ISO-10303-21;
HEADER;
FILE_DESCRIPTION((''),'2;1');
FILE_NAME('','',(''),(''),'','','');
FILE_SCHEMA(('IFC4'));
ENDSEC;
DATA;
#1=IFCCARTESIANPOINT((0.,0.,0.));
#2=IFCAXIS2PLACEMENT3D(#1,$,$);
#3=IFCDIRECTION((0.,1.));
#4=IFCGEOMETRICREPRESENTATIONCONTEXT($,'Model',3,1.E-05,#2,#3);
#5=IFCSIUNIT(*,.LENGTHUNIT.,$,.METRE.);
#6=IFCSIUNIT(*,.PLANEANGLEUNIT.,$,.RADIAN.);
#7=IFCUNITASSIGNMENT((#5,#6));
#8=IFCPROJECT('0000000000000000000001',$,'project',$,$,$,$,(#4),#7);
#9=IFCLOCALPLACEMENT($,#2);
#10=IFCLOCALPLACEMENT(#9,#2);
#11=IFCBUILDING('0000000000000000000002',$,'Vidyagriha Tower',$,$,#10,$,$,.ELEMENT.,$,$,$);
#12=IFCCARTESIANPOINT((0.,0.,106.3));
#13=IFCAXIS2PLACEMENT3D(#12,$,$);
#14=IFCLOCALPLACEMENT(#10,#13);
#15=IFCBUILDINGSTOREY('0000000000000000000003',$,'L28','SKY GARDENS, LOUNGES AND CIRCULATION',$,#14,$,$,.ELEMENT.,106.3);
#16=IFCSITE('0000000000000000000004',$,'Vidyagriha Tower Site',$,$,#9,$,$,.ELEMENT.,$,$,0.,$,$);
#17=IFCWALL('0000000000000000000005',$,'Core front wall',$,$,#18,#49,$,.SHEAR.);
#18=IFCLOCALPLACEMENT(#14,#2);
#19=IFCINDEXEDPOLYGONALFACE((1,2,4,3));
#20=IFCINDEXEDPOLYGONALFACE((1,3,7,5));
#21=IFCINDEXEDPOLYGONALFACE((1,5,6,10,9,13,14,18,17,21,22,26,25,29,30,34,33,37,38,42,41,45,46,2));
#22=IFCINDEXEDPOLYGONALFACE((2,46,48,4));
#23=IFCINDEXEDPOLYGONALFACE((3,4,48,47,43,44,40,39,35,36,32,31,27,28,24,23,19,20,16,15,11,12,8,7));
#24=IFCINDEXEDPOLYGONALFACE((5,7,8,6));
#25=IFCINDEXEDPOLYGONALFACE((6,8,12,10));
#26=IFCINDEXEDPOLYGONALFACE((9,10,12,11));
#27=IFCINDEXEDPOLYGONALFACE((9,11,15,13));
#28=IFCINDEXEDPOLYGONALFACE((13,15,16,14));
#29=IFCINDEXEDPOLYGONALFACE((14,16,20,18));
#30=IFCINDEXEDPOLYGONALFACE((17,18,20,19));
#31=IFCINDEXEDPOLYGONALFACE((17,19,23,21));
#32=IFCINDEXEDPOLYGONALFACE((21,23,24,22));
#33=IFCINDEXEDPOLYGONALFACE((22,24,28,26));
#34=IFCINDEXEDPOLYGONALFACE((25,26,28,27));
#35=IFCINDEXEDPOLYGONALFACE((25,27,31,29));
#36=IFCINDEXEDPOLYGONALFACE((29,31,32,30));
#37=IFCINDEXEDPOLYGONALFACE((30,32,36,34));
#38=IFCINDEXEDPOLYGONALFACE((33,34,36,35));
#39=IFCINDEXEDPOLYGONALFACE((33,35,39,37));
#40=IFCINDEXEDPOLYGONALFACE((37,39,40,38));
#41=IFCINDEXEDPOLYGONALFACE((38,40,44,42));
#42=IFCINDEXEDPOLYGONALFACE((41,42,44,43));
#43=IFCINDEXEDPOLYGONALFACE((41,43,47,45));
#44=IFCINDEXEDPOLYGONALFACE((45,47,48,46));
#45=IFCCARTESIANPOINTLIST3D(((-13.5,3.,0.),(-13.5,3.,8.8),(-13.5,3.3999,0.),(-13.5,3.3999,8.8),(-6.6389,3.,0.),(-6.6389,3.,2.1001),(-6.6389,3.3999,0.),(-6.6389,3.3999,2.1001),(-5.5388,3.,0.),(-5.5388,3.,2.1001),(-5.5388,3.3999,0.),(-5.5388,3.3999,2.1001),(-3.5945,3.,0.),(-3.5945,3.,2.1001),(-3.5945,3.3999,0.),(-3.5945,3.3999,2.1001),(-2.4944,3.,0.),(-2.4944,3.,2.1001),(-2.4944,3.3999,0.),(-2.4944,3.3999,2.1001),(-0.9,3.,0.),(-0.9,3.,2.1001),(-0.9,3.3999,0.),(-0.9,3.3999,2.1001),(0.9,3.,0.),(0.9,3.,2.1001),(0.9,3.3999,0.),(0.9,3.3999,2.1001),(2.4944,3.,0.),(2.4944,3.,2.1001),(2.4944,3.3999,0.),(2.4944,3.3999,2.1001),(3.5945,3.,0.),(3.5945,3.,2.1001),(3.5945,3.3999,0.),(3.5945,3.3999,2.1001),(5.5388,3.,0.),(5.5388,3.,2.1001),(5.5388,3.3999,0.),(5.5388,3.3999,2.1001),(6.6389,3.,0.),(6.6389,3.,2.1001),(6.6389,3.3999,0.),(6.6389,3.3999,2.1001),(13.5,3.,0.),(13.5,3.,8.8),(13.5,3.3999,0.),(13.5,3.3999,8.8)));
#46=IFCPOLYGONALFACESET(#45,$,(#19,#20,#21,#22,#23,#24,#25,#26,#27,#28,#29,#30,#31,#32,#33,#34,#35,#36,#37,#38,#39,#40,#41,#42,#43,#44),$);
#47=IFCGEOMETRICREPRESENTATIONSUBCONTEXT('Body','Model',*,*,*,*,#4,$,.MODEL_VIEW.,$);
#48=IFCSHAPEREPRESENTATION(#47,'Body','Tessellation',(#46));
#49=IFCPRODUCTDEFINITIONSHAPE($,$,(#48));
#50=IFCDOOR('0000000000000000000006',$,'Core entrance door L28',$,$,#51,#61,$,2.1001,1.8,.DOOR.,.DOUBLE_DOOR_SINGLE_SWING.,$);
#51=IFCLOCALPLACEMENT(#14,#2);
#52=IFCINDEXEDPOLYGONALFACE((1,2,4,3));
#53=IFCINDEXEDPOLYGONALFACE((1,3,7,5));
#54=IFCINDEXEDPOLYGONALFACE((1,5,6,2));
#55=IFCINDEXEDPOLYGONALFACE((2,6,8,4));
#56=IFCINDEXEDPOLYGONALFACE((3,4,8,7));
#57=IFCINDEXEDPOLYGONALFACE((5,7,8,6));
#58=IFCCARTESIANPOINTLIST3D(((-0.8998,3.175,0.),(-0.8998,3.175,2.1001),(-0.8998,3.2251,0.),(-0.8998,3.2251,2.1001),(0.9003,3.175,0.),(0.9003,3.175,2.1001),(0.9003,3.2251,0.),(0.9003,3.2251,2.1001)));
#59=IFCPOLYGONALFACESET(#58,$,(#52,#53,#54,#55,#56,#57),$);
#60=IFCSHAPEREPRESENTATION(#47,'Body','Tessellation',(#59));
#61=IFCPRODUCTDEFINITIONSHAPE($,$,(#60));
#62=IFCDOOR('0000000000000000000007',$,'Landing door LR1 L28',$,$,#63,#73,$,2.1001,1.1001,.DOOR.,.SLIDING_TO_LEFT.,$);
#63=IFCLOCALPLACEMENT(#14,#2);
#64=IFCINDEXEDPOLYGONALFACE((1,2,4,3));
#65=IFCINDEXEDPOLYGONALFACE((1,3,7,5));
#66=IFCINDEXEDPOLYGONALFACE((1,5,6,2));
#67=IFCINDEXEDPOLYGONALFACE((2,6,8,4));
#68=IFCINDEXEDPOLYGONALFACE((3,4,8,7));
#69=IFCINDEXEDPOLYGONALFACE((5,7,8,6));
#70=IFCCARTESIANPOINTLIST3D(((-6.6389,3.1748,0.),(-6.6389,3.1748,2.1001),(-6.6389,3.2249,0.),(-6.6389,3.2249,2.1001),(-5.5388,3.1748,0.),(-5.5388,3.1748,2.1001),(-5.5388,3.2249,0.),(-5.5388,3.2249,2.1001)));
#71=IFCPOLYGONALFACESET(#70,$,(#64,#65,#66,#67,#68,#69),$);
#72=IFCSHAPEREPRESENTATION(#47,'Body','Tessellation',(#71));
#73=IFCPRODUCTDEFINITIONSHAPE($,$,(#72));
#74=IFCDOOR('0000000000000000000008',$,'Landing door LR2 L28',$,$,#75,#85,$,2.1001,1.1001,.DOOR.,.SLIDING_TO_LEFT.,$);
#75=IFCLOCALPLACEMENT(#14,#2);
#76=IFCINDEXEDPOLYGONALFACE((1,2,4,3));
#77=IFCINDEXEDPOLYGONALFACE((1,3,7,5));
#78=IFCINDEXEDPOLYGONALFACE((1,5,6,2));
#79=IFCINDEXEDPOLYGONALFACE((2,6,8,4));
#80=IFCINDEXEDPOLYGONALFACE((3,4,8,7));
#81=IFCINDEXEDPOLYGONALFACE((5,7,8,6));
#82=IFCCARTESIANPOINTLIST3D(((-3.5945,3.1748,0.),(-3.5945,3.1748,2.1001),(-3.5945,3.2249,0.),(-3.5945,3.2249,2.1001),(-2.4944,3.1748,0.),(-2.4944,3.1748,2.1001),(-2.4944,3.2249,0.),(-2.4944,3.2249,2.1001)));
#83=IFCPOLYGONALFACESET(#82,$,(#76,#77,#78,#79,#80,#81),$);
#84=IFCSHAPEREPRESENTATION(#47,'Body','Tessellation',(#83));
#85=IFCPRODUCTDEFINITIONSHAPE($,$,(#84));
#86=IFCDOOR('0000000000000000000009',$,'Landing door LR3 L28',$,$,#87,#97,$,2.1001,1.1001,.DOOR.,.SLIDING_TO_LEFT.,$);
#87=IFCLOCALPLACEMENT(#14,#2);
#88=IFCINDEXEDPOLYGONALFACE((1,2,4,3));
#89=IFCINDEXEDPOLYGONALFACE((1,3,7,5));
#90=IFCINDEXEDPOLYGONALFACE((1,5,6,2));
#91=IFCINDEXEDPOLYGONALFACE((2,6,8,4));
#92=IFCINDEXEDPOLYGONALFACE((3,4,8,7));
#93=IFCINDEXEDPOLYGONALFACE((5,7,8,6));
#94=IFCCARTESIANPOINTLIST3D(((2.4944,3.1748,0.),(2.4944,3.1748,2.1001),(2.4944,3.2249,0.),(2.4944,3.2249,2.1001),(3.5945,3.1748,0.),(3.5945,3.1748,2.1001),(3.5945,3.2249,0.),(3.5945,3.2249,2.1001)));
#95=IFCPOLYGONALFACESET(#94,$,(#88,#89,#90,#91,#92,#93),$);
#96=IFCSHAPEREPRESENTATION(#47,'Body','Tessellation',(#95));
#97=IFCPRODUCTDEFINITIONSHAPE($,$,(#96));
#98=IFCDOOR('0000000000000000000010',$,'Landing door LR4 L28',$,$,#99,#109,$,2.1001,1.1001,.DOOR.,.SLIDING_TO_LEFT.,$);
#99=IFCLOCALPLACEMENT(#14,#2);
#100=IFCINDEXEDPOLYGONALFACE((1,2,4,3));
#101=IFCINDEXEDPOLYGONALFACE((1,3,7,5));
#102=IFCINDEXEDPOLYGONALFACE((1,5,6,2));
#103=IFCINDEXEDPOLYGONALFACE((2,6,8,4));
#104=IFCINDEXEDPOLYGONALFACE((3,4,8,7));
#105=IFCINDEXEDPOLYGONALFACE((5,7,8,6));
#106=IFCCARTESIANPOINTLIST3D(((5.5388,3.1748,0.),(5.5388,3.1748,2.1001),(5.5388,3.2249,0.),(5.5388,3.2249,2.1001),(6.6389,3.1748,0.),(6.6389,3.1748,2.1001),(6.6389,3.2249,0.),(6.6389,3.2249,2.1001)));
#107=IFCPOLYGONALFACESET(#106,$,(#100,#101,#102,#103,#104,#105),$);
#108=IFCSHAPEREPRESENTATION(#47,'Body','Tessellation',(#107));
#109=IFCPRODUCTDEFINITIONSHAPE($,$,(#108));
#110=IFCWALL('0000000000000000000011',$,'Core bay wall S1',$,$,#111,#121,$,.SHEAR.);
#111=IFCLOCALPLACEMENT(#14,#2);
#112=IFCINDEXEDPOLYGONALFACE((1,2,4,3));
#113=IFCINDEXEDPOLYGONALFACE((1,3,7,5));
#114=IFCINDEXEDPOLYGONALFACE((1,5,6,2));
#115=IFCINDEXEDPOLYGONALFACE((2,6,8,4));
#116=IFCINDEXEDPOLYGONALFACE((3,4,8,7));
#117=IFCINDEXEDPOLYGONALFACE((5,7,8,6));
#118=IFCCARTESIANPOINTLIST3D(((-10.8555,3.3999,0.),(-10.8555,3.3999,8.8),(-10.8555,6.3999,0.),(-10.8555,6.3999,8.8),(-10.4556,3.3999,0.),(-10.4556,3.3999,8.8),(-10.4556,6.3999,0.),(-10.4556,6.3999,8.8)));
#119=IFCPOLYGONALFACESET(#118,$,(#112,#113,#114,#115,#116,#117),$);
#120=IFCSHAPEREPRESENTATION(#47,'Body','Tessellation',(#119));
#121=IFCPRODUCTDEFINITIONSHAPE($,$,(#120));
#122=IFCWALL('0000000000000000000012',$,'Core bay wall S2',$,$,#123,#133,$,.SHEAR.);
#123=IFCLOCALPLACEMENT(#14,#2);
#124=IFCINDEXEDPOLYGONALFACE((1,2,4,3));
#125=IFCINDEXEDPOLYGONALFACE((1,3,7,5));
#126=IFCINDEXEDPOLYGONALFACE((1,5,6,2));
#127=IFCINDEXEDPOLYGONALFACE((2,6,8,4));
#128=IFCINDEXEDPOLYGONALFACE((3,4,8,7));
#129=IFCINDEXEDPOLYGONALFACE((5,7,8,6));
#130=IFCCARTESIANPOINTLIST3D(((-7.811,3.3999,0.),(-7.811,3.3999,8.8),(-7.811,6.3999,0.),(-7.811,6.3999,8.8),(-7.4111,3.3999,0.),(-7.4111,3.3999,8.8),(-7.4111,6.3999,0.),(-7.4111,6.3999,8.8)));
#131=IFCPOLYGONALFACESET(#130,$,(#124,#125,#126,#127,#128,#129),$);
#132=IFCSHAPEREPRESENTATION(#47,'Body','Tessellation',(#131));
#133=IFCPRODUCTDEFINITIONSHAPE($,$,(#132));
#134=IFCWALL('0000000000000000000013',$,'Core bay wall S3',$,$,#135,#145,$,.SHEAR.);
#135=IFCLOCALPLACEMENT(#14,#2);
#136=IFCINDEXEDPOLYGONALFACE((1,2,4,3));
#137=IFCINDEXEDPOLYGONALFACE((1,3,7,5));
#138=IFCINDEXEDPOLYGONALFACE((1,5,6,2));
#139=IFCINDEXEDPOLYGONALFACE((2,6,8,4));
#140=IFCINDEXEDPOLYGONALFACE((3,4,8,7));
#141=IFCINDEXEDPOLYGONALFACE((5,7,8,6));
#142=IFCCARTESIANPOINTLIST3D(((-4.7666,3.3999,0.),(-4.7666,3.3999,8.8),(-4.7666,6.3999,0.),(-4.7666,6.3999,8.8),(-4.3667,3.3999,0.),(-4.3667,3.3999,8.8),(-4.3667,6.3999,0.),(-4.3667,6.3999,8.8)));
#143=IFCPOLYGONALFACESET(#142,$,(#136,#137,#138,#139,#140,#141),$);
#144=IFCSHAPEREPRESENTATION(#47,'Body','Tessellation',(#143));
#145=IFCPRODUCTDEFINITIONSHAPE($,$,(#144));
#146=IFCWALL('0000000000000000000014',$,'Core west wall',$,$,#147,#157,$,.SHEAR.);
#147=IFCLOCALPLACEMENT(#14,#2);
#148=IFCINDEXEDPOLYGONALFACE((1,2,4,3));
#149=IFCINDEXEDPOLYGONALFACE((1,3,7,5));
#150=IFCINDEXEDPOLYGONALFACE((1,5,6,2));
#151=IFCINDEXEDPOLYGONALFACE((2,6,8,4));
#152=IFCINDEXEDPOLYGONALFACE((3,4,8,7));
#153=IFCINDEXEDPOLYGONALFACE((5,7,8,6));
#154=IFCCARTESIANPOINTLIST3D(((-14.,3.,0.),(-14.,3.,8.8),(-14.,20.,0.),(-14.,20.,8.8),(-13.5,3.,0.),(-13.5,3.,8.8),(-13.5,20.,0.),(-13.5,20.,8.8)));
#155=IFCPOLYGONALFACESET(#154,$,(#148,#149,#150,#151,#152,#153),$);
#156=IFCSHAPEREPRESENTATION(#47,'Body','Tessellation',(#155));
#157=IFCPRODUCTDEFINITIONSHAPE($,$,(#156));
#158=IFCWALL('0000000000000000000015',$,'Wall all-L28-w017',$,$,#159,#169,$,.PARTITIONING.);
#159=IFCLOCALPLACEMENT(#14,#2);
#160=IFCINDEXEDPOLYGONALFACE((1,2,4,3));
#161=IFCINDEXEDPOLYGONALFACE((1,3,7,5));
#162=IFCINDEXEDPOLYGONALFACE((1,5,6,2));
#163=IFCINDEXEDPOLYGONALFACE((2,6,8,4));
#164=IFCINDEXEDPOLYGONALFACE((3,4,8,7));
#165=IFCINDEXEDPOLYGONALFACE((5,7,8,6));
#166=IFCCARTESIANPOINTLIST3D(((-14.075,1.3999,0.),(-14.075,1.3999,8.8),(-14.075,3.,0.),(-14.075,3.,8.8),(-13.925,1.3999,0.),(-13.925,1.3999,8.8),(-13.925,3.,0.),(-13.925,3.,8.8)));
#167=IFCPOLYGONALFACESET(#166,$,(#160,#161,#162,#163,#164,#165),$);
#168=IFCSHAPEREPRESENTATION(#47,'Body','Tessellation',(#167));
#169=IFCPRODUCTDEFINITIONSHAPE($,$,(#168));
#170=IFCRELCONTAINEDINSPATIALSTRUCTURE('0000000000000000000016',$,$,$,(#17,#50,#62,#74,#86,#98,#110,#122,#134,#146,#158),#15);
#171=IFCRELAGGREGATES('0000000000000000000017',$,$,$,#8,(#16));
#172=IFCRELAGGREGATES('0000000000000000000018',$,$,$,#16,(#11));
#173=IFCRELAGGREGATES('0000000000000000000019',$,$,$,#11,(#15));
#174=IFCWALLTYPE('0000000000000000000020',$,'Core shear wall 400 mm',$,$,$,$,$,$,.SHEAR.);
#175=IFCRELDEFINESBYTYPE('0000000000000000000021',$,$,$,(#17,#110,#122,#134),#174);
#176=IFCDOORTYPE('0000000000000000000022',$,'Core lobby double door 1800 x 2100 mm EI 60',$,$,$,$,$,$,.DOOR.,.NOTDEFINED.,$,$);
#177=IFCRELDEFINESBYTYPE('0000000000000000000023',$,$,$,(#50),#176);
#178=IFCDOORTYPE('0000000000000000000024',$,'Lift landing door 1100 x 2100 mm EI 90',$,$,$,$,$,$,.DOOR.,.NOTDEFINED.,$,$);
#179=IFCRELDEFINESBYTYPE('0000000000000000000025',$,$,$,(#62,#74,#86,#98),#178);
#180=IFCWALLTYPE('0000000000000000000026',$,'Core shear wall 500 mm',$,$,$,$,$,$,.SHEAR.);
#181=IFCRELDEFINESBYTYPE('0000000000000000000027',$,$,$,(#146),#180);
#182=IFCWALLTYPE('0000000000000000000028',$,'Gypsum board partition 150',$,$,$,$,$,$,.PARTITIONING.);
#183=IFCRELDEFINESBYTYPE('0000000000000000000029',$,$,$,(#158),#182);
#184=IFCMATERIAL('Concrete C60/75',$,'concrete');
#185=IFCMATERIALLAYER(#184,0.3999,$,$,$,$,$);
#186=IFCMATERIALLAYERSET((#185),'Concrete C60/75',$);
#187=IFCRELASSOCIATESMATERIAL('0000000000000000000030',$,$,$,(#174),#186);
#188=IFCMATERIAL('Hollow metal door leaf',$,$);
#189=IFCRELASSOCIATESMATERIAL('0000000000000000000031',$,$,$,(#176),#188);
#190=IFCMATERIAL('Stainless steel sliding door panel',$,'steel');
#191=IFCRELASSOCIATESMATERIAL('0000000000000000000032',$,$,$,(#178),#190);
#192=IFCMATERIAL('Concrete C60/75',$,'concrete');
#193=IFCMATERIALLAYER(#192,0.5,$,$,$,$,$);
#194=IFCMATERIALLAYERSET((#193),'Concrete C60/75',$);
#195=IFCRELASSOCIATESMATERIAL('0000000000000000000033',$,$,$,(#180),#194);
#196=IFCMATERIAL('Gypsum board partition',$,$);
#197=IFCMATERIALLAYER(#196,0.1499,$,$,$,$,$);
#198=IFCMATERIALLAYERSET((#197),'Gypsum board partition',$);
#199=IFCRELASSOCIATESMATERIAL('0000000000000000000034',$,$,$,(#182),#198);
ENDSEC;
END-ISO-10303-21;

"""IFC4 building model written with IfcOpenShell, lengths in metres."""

from ifc_helpers import new_model, si_unit, direction, frame, frame_2d, origin, place, context, subcontext, project, spatial, rectangle, extrude, material, layer, layer_set, type_object, element, fill, save


model = new_model("IFC4")

# Units and contexts
model_context = context("Model", 3, precision=1e-05, world=origin(), true_north=direction((0.0, 1.0)))
body_context = subcontext(model_context, "Body", "Model", "MODEL_VIEW")
ifc_project = project(units=[si_unit("LENGTHUNIT", "METRE"), si_unit("PLANEANGLEUNIT", "RADIAN")], contexts=[model_context])

# Site, building, storey
site_placement = place(None, origin())
site = spatial("IfcSite", under=ifc_project, at=site_placement, Name="Vidyagriha Tower Site", CompositionType="ELEMENT", RefElevation=0.0)
building_placement = place(site_placement, origin())
building = spatial("IfcBuilding", under=site, at=building_placement, Name="Vidyagriha Tower", CompositionType="ELEMENT")
storey_placement = place(building_placement, frame((0.0, 0.0, 106.3)))
storey = spatial("IfcBuildingStorey", under=building, at=storey_placement, Name="L28", Description="SKY GARDENS, LOUNGES AND CIRCULATION", CompositionType="ELEMENT", Elevation=106.3)

# Wall, openings, doors
ifc_material_1 = material(Name="Concrete C60/75", Category="concrete")
ifc_layer_1 = layer(ifc_material_1, 0.3999)
ifc_layer_set_1 = layer_set([ifc_layer_1], Name="Concrete C60/75")
wall_type_1 = type_object("IfcWallType", Name="Core shear wall 400 mm", PredefinedType="SHEAR", material=ifc_layer_set_1)
wall_1_placement = place(storey_placement, frame((-13.5, 3.2, 0.0)))
wall_1 = element("IfcWall", 1, at=wall_1_placement, inside=storey, type_object=wall_type_1, Name="Core front wall", PredefinedType="SHEAR", context=body_context, shape_type="SweptSolid", body=[
    extrude(rectangle(XDim=27.0, YDim=0.3999, at=frame_2d((13.5, 0.0))), origin(), (0.0, 0.0, 1.0), 8.8),
])
opening_1_placement = place(wall_1_placement, frame((6.8611, 0.0, 0.0)))
opening_1 = element("IfcOpeningElement", 2, at=opening_1_placement, cuts=wall_1, PredefinedType="OPENING", context=body_context, shape_type="SweptSolid", body=[
    extrude(rectangle(XDim=1.1001, YDim=2.1001, at=frame_2d((0.55, 1.05))), frame((0.0, 0.21, 0.0), z_axis=(0.0, -1.0, 0.0), x_axis=(1.0, 0.0, 0.0)), (0.0, 0.0, 1.0), 0.4199),
])
opening_2_placement = place(wall_1_placement, frame((9.9055, 0.0, 0.0)))
opening_2 = element("IfcOpeningElement", 3, at=opening_2_placement, cuts=wall_1, PredefinedType="OPENING", context=body_context, shape_type="SweptSolid", body=[
    extrude(rectangle(XDim=1.1001, YDim=2.1001, at=frame_2d((0.55, 1.05))), frame((0.0, 0.21, 0.0), z_axis=(0.0, -1.0, 0.0), x_axis=(1.0, 0.0, 0.0)), (0.0, 0.0, 1.0), 0.4199),
])
opening_3_placement = place(wall_1_placement, frame((15.9944, 0.0, 0.0)))
opening_3 = element("IfcOpeningElement", 4, at=opening_3_placement, cuts=wall_1, PredefinedType="OPENING", context=body_context, shape_type="SweptSolid", body=[
    extrude(rectangle(XDim=1.1001, YDim=2.1001, at=frame_2d((0.55, 1.05))), frame((0.0, 0.21, 0.0), z_axis=(0.0, -1.0, 0.0), x_axis=(1.0, 0.0, 0.0)), (0.0, 0.0, 1.0), 0.4199),
])
opening_4_placement = place(wall_1_placement, frame((19.0388, 0.0, 0.0)))
opening_4 = element("IfcOpeningElement", 5, at=opening_4_placement, cuts=wall_1, PredefinedType="OPENING", context=body_context, shape_type="SweptSolid", body=[
    extrude(rectangle(XDim=1.1001, YDim=2.1001, at=frame_2d((0.55, 1.05))), frame((0.0, 0.21, 0.0), z_axis=(0.0, -1.0, 0.0), x_axis=(1.0, 0.0, 0.0)), (0.0, 0.0, 1.0), 0.4199),
])
opening_5_placement = place(wall_1_placement, frame((12.6001, 0.0, 0.0)))
opening_5 = element("IfcOpeningElement", 6, at=opening_5_placement, cuts=wall_1, PredefinedType="OPENING", context=body_context, shape_type="SweptSolid", body=[
    extrude(rectangle(XDim=1.8, YDim=2.1001, at=frame_2d((0.8999, 1.05))), frame((0.0, 0.21, 0.0), z_axis=(0.0, -1.0, 0.0), x_axis=(1.0, 0.0, 0.0)), (0.0, 0.0, 1.0), 0.4199),
])
ifc_material_2 = material(Name="Hollow metal door leaf")
door_type_1 = type_object("IfcDoorType", Name="Core lobby double door 1800 x 2100 mm EI 60", OperationType="NOTDEFINED", PredefinedType="DOOR", material=ifc_material_2)
door_1_placement = place(opening_5_placement, frame((1.8, 0.0, 0.0), z_axis=(0.0, 0.0, 1.0), x_axis=(-1.0, 0.0, 0.0)))
door_1 = element("IfcDoor", 7, at=door_1_placement, inside=storey, type_object=door_type_1, Name="Core entrance door L28", OperationType="DOUBLE_DOOR_SINGLE_SWING", OverallHeight=2.1001, OverallWidth=1.8, PredefinedType="DOOR", context=body_context, shape_type="SweptSolid", body=[
    extrude(rectangle(XDim=1.8, YDim=2.1001, at=frame_2d((0.8999, 1.05))), frame((0.0, 0.0249, 0.0), z_axis=(0.0, -1.0, 0.0), x_axis=(1.0, 0.0, 0.0)), (0.0, 0.0, 1.0), 0.05),
])
fill(opening_5, door_1)
ifc_material_3 = material(Name="Stainless steel sliding door panel", Category="steel")
door_type_2 = type_object("IfcDoorType", Name="Lift landing door 1100 x 2100 mm EI 90", OperationType="NOTDEFINED", PredefinedType="DOOR", material=ifc_material_3)
door_2_placement = place(opening_1_placement, origin())
door_2 = element("IfcDoor", 8, at=door_2_placement, inside=storey, type_object=door_type_2, Name="Landing door LR1 L28", OperationType="SLIDING_TO_LEFT", OverallHeight=2.1001, OverallWidth=1.1001, PredefinedType="DOOR", context=body_context, shape_type="SweptSolid", body=[
    extrude(rectangle(XDim=1.1001, YDim=2.1001, at=frame_2d((0.55, 1.05))), frame((0.0, 0.0249, 0.0), z_axis=(0.0, -1.0, 0.0), x_axis=(1.0, 0.0, 0.0)), (0.0, 0.0, 1.0), 0.05),
])
fill(opening_1, door_2)
door_3_placement = place(opening_2_placement, origin())
door_3 = element("IfcDoor", 9, at=door_3_placement, inside=storey, type_object=door_type_2, Name="Landing door LR2 L28", OperationType="SLIDING_TO_LEFT", OverallHeight=2.1001, OverallWidth=1.1001, PredefinedType="DOOR", context=body_context, shape_type="SweptSolid", body=[
    extrude(rectangle(XDim=1.1001, YDim=2.1001, at=frame_2d((0.55, 1.05))), frame((0.0, 0.0249, 0.0), z_axis=(0.0, -1.0, 0.0), x_axis=(1.0, 0.0, 0.0)), (0.0, 0.0, 1.0), 0.05),
])
fill(opening_2, door_3)
door_4_placement = place(opening_3_placement, origin())
door_4 = element("IfcDoor", 10, at=door_4_placement, inside=storey, type_object=door_type_2, Name="Landing door LR3 L28", OperationType="SLIDING_TO_LEFT", OverallHeight=2.1001, OverallWidth=1.1001, PredefinedType="DOOR", context=body_context, shape_type="SweptSolid", body=[
    extrude(rectangle(XDim=1.1001, YDim=2.1001, at=frame_2d((0.55, 1.05))), frame((0.0, 0.0249, 0.0), z_axis=(0.0, -1.0, 0.0), x_axis=(1.0, 0.0, 0.0)), (0.0, 0.0, 1.0), 0.05),
])
fill(opening_3, door_4)
door_5_placement = place(opening_4_placement, origin())
door_5 = element("IfcDoor", 11, at=door_5_placement, inside=storey, type_object=door_type_2, Name="Landing door LR4 L28", OperationType="SLIDING_TO_LEFT", OverallHeight=2.1001, OverallWidth=1.1001, PredefinedType="DOOR", context=body_context, shape_type="SweptSolid", body=[
    extrude(rectangle(XDim=1.1001, YDim=2.1001, at=frame_2d((0.55, 1.05))), frame((0.0, 0.0249, 0.0), z_axis=(0.0, -1.0, 0.0), x_axis=(1.0, 0.0, 0.0)), (0.0, 0.0, 1.0), 0.05),
])
fill(opening_4, door_5)

# Walls
for number, where, z_axis, x_axis, name in (
    (12, (-10.6555, 3.3999, 0.0), (0.0, 0.0, 1.0), (0.0, 1.0, 0.0), "Core bay wall S1"),
    (13, (-7.6111, 3.3999, 0.0), (0.0, 0.0, 1.0), (0.0, 1.0, 0.0), "Core bay wall S2"),
    (14, (-4.5667, 3.3999, 0.0), (0.0, 0.0, 1.0), (0.0, 1.0, 0.0), "Core bay wall S3"),
):
    element("IfcWall", number, at=place(storey_placement, frame(where, z_axis=z_axis, x_axis=x_axis)), inside=storey, type_object=wall_type_1, Name=name, PredefinedType="SHEAR", context=body_context, shape_type="SweptSolid", body=[
        extrude(rectangle(XDim=3.0, YDim=0.3999, at=frame_2d((1.5, 0.0))), origin(), (0.0, 0.0, 1.0), 8.8),
    ])
ifc_material_4 = material(Name="Concrete C60/75", Category="concrete")
ifc_layer_2 = layer(ifc_material_4, 0.5)
ifc_layer_set_2 = layer_set([ifc_layer_2], Name="Concrete C60/75")
wall_type_2 = type_object("IfcWallType", Name="Core shear wall 500 mm", PredefinedType="SHEAR", material=ifc_layer_set_2)
wall_2_placement = place(storey_placement, frame((-13.75, 3.0, 0.0), z_axis=(0.0, 0.0, 1.0), x_axis=(0.0, 1.0, 0.0)))
element("IfcWall", 15, at=wall_2_placement, inside=storey, type_object=wall_type_2, Name="Core west wall", PredefinedType="SHEAR", context=body_context, shape_type="SweptSolid", body=[
    extrude(rectangle(XDim=17.0, YDim=0.5, at=frame_2d((8.5, 0.0))), origin(), (0.0, 0.0, 1.0), 8.8),
])
ifc_material_5 = material(Name="Gypsum board partition")
ifc_layer_3 = layer(ifc_material_5, 0.1499)
ifc_layer_set_3 = layer_set([ifc_layer_3], Name="Gypsum board partition")
wall_type_3 = type_object("IfcWallType", Name="Gypsum board partition 150", PredefinedType="PARTITIONING", material=ifc_layer_set_3)
wall_3_placement = place(storey_placement, frame((-14.0, 1.3999, 0.0), z_axis=(0.0, 0.0, 1.0), x_axis=(0.0, 1.0, 0.0)))
element("IfcWall", 16, at=wall_3_placement, inside=storey, type_object=wall_type_3, Name="Wall all-L28-w017", PredefinedType="PARTITIONING", context=body_context, shape_type="SweptSolid", body=[
    extrude(rectangle(XDim=1.6001, YDim=0.1499, at=frame_2d((0.8, 0.0))), origin(), (0.0, 0.0, 1.0), 8.8),
])

save(model, "model.ifc")
